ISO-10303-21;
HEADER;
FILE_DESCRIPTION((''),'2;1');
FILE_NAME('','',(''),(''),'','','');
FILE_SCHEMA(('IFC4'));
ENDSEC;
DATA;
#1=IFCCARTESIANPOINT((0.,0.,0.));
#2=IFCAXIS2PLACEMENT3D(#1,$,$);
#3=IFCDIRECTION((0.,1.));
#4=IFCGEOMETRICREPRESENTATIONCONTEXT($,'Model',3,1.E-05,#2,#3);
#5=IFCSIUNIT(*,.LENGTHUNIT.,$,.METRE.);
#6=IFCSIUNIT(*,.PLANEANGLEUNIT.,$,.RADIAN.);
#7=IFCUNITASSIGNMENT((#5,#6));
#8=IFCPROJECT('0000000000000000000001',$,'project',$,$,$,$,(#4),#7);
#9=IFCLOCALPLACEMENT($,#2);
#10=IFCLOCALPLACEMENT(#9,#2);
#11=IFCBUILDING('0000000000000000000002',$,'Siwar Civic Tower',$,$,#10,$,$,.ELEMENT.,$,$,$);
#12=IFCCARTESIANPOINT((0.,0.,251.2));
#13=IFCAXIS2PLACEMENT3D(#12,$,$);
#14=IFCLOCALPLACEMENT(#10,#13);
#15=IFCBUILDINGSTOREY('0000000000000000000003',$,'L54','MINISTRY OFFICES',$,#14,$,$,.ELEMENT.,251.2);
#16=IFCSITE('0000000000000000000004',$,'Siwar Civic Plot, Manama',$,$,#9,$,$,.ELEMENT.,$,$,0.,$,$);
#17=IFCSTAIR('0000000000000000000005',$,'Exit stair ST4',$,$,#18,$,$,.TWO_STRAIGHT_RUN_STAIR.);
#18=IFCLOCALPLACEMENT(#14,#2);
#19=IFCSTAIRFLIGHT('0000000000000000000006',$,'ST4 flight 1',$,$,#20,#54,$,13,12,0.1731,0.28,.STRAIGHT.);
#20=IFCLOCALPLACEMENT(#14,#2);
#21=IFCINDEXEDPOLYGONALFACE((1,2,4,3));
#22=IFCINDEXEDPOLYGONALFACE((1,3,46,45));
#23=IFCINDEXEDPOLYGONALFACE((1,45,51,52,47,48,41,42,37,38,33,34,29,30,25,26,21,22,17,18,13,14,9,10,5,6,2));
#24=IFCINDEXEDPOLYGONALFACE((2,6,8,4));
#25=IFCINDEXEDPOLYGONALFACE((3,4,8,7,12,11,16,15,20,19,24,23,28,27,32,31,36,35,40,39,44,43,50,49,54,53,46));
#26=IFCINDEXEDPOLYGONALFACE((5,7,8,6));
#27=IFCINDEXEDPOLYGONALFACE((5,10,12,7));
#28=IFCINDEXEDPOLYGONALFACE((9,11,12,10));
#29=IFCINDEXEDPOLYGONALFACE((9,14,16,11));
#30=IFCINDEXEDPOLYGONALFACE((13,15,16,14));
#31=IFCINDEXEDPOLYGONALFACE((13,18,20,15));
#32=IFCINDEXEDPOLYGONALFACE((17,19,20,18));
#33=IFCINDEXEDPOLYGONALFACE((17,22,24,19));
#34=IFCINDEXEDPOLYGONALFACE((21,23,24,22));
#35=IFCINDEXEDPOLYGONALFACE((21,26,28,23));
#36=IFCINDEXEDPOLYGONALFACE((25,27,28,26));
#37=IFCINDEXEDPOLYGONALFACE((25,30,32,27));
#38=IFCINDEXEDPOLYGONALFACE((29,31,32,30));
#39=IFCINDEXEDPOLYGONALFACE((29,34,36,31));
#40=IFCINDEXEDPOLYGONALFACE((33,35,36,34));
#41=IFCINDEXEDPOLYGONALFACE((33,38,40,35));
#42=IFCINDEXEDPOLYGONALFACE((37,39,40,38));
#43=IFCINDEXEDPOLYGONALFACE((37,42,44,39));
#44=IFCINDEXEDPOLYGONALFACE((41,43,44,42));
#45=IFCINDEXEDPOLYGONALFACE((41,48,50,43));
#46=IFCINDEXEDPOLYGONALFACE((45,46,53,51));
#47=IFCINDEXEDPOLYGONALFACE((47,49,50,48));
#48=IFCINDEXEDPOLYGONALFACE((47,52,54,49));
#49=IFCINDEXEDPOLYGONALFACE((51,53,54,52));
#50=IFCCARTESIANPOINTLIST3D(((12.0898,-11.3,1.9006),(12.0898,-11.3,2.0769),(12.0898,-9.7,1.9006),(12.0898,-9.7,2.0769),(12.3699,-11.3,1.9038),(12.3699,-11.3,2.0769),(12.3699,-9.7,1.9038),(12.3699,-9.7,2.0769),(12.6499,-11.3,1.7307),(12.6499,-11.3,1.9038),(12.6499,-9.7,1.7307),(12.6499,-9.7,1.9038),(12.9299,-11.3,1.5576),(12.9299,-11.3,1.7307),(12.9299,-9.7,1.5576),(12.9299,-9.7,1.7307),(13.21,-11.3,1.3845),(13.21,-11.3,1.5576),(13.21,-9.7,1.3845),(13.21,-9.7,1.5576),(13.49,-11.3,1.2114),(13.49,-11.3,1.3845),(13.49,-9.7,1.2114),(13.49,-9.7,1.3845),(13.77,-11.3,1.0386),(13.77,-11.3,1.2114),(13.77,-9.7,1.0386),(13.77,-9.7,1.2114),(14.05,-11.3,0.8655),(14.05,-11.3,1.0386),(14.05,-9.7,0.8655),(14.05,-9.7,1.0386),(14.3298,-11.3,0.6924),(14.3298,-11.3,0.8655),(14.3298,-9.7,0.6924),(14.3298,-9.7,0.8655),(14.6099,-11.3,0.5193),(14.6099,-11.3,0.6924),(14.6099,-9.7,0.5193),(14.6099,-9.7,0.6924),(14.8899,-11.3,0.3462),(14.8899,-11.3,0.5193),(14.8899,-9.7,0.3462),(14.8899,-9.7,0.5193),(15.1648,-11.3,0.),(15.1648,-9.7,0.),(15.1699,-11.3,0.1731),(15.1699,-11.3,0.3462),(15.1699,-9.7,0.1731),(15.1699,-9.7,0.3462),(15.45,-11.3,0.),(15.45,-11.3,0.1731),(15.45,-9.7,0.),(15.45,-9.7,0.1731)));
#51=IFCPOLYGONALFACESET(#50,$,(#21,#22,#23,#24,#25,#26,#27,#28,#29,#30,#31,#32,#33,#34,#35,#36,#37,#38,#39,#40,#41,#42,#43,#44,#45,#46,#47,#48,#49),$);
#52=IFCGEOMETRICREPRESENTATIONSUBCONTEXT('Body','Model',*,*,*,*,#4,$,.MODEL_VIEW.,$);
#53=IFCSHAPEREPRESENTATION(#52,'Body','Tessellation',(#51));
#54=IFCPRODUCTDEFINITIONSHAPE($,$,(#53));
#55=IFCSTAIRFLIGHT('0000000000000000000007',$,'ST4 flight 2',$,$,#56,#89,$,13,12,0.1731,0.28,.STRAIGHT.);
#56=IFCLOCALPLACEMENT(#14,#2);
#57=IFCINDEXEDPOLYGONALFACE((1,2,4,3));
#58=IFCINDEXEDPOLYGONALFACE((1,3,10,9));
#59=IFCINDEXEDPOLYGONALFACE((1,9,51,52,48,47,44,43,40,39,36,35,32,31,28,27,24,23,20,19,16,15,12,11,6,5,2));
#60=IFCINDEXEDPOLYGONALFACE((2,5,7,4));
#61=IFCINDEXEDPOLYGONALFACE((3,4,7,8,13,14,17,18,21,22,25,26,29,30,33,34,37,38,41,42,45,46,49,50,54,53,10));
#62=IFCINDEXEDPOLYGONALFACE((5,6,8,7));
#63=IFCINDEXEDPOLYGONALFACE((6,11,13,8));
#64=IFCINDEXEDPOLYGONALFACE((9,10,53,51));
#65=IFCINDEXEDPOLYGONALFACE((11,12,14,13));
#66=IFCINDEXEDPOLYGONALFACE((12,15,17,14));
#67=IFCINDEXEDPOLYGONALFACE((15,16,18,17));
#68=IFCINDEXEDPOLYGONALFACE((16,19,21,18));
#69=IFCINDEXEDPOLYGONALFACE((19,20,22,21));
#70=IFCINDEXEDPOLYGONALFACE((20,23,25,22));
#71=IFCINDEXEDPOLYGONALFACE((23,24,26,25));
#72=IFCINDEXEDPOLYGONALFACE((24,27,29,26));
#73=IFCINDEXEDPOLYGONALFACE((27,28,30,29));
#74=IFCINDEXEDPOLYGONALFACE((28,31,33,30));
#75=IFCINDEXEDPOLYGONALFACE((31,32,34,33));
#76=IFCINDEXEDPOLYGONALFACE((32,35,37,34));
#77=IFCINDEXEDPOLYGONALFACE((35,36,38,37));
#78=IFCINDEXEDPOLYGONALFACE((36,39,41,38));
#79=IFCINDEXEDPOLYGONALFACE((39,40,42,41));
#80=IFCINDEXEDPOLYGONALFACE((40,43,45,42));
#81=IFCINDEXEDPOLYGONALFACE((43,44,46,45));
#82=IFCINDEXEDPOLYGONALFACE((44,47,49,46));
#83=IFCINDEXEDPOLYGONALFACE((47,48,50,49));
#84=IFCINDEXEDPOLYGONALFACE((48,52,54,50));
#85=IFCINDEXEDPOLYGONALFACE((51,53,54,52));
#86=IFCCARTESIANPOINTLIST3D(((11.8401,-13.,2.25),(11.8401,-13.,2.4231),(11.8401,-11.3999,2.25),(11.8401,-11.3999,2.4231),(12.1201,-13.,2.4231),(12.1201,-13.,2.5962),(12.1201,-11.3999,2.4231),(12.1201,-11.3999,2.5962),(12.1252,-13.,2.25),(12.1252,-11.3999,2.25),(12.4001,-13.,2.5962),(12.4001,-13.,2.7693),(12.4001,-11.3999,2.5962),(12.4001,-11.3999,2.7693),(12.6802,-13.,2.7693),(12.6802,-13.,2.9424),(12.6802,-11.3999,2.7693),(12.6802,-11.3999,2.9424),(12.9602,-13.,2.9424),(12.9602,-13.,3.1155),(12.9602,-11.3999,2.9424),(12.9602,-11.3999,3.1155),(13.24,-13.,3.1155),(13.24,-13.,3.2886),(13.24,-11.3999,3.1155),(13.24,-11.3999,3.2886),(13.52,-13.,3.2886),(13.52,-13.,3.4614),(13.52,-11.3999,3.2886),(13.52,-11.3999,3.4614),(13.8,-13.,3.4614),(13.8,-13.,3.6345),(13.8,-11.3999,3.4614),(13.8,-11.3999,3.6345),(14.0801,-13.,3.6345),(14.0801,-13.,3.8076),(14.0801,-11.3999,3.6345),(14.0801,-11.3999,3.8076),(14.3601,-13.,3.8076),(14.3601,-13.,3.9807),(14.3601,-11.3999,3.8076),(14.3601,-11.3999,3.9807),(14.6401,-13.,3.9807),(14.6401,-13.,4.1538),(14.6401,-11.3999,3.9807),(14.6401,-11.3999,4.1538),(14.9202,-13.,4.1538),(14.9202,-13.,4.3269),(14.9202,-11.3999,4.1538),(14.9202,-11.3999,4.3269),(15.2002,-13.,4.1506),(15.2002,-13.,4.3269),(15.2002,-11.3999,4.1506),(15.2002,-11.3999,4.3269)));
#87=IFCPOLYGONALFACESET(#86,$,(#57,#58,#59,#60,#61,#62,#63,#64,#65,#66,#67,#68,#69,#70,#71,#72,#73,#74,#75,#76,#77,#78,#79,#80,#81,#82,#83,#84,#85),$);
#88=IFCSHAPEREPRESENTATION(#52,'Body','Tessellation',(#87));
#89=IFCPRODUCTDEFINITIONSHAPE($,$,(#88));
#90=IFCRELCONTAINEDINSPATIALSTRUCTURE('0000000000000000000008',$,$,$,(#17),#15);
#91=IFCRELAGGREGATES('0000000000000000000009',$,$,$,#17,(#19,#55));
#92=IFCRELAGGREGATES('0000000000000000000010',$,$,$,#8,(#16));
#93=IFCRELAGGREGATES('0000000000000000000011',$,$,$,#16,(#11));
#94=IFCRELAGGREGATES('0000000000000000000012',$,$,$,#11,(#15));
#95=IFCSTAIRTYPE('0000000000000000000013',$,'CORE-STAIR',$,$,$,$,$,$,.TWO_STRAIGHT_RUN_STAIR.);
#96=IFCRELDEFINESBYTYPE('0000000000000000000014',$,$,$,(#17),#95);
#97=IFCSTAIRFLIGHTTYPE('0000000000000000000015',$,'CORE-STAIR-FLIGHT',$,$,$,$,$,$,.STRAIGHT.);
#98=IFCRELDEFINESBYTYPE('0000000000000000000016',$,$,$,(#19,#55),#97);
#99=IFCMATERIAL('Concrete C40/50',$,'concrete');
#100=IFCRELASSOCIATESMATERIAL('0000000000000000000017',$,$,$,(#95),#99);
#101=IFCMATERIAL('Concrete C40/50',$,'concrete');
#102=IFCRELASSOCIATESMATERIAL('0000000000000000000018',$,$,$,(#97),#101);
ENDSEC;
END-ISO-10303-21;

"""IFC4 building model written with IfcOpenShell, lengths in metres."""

from ifc_helpers import new_model, si_unit, direction, frame, origin, place, context, subcontext, project, spatial, polyline, outline, extrude, material, type_object, element, aggregate, save


model = new_model("IFC4")

# Units and contexts
model_context = context("Model", 3, precision=1e-05, world=origin(), true_north=direction((0.0, 1.0)))
body_context = subcontext(model_context, "Body", "Model", "MODEL_VIEW")
ifc_project = project(units=[si_unit("LENGTHUNIT", "METRE"), si_unit("PLANEANGLEUNIT", "RADIAN")], contexts=[model_context])

# Site, building, storey
site_placement = place(None, origin())
site = spatial("IfcSite", under=ifc_project, at=site_placement, Name="Siwar Civic Plot, Manama", CompositionType="ELEMENT", RefElevation=0.0)
building_placement = place(site_placement, origin())
building = spatial("IfcBuilding", under=site, at=building_placement, Name="Siwar Civic Tower", CompositionType="ELEMENT")
storey_placement = place(building_placement, frame((0.0, 0.0, 251.2)))
storey = spatial("IfcBuildingStorey", under=building, at=storey_placement, Name="L54", Description="MINISTRY OFFICES", CompositionType="ELEMENT", Elevation=251.2)

# Stair, stair flights
ifc_material_1 = material(Name="Concrete C40/50", Category="concrete")
stair_type = type_object("IfcStairType", Name="CORE-STAIR", PredefinedType="TWO_STRAIGHT_RUN_STAIR", material=ifc_material_1)
stair_placement = place(storey_placement, origin())
stair = element("IfcStair", 1, at=stair_placement, inside=storey, type_object=stair_type, Name="Exit stair ST4", PredefinedType="TWO_STRAIGHT_RUN_STAIR")
ifc_material_2 = material(Name="Concrete C40/50", Category="concrete")
stair_flight_type = type_object("IfcStairFlightType", Name="CORE-STAIR-FLIGHT", PredefinedType="STRAIGHT", material=ifc_material_2)
stair_flight_1_placement = place(storey_placement, frame((15.45, -10.5, 0.0), z_axis=(0.0, 0.0, 1.0), x_axis=(-1.0, 0.0, 0.0)))
stair_flight_1 = element("IfcStairFlight", 2, at=stair_flight_1_placement, type_object=stair_flight_type, Name="ST4 flight 1", NumberOfRisers=13, NumberOfTreads=12, PredefinedType="STRAIGHT", RiserHeight=0.1731, TreadLength=0.28, context=body_context, shape_type="SweptSolid", body=[
    extrude(outline(polyline([(0.0, 0.0), (0.0, 0.1731), (0.28, 0.1731), (0.28, 0.3462), (0.5601, 0.3462), (0.5601, 0.5193), (0.8401, 0.5193), (0.8401, 0.6924), (1.1201, 0.6924), (1.1201, 0.8655), (1.3999, 0.8655), (1.3999, 1.0386), (1.6799, 1.0386), (1.6799, 1.2114), (1.96, 1.2114), (1.96, 1.3845), (2.24, 1.3845), (2.24, 1.5576), (2.52, 1.5576), (2.52, 1.7307), (2.8, 1.7307), (2.8, 1.9038), (3.0801, 1.9038), (3.0801, 2.0769), (3.3601, 2.0769), (3.3601, 2.25), (3.3601, 1.9006), (0.2852, 0.0), (0.0, 0.0)])), frame((0.0, 0.8, 0.0), z_axis=(0.0, -1.0, 0.0), x_axis=(1.0, 0.0, 0.0)), (0.0, 0.0, 1.0), 1.6001),
])
stair_flight_2_placement = place(storey_placement, frame((11.8401, -12.2, 2.25), z_axis=(0.0, 0.0, 1.0), x_axis=(1.0, 0.0, 0.0)))
stair_flight_2 = element("IfcStairFlight", 3, at=stair_flight_2_placement, type_object=stair_flight_type, Name="ST4 flight 2", NumberOfRisers=13, NumberOfTreads=12, PredefinedType="STRAIGHT", RiserHeight=0.1731, TreadLength=0.28, context=body_context, shape_type="SweptSolid", body=[
    extrude(outline(polyline([(0.0, 0.0), (0.0, 0.1731), (0.28, 0.1731), (0.28, 0.3462), (0.5601, 0.3462), (0.5601, 0.5193), (0.8401, 0.5193), (0.8401, 0.6924), (1.1201, 0.6924), (1.1201, 0.8655), (1.3999, 0.8655), (1.3999, 1.0386), (1.6799, 1.0386), (1.6799, 1.2114), (1.96, 1.2114), (1.96, 1.3845), (2.24, 1.3845), (2.24, 1.5576), (2.52, 1.5576), (2.52, 1.7307), (2.8, 1.7307), (2.8, 1.9038), (3.0801, 1.9038), (3.0801, 2.0769), (3.3601, 2.0769), (3.3601, 2.25), (3.3601, 1.9006), (0.2852, 0.0), (0.0, 0.0)])), frame((0.0, 0.8, 0.0), z_axis=(0.0, -1.0, 0.0), x_axis=(1.0, 0.0, 0.0)), (0.0, 0.0, 1.0), 1.6001),
])
aggregate(stair, [stair_flight_1, stair_flight_2])

save(model, "model.ifc")
